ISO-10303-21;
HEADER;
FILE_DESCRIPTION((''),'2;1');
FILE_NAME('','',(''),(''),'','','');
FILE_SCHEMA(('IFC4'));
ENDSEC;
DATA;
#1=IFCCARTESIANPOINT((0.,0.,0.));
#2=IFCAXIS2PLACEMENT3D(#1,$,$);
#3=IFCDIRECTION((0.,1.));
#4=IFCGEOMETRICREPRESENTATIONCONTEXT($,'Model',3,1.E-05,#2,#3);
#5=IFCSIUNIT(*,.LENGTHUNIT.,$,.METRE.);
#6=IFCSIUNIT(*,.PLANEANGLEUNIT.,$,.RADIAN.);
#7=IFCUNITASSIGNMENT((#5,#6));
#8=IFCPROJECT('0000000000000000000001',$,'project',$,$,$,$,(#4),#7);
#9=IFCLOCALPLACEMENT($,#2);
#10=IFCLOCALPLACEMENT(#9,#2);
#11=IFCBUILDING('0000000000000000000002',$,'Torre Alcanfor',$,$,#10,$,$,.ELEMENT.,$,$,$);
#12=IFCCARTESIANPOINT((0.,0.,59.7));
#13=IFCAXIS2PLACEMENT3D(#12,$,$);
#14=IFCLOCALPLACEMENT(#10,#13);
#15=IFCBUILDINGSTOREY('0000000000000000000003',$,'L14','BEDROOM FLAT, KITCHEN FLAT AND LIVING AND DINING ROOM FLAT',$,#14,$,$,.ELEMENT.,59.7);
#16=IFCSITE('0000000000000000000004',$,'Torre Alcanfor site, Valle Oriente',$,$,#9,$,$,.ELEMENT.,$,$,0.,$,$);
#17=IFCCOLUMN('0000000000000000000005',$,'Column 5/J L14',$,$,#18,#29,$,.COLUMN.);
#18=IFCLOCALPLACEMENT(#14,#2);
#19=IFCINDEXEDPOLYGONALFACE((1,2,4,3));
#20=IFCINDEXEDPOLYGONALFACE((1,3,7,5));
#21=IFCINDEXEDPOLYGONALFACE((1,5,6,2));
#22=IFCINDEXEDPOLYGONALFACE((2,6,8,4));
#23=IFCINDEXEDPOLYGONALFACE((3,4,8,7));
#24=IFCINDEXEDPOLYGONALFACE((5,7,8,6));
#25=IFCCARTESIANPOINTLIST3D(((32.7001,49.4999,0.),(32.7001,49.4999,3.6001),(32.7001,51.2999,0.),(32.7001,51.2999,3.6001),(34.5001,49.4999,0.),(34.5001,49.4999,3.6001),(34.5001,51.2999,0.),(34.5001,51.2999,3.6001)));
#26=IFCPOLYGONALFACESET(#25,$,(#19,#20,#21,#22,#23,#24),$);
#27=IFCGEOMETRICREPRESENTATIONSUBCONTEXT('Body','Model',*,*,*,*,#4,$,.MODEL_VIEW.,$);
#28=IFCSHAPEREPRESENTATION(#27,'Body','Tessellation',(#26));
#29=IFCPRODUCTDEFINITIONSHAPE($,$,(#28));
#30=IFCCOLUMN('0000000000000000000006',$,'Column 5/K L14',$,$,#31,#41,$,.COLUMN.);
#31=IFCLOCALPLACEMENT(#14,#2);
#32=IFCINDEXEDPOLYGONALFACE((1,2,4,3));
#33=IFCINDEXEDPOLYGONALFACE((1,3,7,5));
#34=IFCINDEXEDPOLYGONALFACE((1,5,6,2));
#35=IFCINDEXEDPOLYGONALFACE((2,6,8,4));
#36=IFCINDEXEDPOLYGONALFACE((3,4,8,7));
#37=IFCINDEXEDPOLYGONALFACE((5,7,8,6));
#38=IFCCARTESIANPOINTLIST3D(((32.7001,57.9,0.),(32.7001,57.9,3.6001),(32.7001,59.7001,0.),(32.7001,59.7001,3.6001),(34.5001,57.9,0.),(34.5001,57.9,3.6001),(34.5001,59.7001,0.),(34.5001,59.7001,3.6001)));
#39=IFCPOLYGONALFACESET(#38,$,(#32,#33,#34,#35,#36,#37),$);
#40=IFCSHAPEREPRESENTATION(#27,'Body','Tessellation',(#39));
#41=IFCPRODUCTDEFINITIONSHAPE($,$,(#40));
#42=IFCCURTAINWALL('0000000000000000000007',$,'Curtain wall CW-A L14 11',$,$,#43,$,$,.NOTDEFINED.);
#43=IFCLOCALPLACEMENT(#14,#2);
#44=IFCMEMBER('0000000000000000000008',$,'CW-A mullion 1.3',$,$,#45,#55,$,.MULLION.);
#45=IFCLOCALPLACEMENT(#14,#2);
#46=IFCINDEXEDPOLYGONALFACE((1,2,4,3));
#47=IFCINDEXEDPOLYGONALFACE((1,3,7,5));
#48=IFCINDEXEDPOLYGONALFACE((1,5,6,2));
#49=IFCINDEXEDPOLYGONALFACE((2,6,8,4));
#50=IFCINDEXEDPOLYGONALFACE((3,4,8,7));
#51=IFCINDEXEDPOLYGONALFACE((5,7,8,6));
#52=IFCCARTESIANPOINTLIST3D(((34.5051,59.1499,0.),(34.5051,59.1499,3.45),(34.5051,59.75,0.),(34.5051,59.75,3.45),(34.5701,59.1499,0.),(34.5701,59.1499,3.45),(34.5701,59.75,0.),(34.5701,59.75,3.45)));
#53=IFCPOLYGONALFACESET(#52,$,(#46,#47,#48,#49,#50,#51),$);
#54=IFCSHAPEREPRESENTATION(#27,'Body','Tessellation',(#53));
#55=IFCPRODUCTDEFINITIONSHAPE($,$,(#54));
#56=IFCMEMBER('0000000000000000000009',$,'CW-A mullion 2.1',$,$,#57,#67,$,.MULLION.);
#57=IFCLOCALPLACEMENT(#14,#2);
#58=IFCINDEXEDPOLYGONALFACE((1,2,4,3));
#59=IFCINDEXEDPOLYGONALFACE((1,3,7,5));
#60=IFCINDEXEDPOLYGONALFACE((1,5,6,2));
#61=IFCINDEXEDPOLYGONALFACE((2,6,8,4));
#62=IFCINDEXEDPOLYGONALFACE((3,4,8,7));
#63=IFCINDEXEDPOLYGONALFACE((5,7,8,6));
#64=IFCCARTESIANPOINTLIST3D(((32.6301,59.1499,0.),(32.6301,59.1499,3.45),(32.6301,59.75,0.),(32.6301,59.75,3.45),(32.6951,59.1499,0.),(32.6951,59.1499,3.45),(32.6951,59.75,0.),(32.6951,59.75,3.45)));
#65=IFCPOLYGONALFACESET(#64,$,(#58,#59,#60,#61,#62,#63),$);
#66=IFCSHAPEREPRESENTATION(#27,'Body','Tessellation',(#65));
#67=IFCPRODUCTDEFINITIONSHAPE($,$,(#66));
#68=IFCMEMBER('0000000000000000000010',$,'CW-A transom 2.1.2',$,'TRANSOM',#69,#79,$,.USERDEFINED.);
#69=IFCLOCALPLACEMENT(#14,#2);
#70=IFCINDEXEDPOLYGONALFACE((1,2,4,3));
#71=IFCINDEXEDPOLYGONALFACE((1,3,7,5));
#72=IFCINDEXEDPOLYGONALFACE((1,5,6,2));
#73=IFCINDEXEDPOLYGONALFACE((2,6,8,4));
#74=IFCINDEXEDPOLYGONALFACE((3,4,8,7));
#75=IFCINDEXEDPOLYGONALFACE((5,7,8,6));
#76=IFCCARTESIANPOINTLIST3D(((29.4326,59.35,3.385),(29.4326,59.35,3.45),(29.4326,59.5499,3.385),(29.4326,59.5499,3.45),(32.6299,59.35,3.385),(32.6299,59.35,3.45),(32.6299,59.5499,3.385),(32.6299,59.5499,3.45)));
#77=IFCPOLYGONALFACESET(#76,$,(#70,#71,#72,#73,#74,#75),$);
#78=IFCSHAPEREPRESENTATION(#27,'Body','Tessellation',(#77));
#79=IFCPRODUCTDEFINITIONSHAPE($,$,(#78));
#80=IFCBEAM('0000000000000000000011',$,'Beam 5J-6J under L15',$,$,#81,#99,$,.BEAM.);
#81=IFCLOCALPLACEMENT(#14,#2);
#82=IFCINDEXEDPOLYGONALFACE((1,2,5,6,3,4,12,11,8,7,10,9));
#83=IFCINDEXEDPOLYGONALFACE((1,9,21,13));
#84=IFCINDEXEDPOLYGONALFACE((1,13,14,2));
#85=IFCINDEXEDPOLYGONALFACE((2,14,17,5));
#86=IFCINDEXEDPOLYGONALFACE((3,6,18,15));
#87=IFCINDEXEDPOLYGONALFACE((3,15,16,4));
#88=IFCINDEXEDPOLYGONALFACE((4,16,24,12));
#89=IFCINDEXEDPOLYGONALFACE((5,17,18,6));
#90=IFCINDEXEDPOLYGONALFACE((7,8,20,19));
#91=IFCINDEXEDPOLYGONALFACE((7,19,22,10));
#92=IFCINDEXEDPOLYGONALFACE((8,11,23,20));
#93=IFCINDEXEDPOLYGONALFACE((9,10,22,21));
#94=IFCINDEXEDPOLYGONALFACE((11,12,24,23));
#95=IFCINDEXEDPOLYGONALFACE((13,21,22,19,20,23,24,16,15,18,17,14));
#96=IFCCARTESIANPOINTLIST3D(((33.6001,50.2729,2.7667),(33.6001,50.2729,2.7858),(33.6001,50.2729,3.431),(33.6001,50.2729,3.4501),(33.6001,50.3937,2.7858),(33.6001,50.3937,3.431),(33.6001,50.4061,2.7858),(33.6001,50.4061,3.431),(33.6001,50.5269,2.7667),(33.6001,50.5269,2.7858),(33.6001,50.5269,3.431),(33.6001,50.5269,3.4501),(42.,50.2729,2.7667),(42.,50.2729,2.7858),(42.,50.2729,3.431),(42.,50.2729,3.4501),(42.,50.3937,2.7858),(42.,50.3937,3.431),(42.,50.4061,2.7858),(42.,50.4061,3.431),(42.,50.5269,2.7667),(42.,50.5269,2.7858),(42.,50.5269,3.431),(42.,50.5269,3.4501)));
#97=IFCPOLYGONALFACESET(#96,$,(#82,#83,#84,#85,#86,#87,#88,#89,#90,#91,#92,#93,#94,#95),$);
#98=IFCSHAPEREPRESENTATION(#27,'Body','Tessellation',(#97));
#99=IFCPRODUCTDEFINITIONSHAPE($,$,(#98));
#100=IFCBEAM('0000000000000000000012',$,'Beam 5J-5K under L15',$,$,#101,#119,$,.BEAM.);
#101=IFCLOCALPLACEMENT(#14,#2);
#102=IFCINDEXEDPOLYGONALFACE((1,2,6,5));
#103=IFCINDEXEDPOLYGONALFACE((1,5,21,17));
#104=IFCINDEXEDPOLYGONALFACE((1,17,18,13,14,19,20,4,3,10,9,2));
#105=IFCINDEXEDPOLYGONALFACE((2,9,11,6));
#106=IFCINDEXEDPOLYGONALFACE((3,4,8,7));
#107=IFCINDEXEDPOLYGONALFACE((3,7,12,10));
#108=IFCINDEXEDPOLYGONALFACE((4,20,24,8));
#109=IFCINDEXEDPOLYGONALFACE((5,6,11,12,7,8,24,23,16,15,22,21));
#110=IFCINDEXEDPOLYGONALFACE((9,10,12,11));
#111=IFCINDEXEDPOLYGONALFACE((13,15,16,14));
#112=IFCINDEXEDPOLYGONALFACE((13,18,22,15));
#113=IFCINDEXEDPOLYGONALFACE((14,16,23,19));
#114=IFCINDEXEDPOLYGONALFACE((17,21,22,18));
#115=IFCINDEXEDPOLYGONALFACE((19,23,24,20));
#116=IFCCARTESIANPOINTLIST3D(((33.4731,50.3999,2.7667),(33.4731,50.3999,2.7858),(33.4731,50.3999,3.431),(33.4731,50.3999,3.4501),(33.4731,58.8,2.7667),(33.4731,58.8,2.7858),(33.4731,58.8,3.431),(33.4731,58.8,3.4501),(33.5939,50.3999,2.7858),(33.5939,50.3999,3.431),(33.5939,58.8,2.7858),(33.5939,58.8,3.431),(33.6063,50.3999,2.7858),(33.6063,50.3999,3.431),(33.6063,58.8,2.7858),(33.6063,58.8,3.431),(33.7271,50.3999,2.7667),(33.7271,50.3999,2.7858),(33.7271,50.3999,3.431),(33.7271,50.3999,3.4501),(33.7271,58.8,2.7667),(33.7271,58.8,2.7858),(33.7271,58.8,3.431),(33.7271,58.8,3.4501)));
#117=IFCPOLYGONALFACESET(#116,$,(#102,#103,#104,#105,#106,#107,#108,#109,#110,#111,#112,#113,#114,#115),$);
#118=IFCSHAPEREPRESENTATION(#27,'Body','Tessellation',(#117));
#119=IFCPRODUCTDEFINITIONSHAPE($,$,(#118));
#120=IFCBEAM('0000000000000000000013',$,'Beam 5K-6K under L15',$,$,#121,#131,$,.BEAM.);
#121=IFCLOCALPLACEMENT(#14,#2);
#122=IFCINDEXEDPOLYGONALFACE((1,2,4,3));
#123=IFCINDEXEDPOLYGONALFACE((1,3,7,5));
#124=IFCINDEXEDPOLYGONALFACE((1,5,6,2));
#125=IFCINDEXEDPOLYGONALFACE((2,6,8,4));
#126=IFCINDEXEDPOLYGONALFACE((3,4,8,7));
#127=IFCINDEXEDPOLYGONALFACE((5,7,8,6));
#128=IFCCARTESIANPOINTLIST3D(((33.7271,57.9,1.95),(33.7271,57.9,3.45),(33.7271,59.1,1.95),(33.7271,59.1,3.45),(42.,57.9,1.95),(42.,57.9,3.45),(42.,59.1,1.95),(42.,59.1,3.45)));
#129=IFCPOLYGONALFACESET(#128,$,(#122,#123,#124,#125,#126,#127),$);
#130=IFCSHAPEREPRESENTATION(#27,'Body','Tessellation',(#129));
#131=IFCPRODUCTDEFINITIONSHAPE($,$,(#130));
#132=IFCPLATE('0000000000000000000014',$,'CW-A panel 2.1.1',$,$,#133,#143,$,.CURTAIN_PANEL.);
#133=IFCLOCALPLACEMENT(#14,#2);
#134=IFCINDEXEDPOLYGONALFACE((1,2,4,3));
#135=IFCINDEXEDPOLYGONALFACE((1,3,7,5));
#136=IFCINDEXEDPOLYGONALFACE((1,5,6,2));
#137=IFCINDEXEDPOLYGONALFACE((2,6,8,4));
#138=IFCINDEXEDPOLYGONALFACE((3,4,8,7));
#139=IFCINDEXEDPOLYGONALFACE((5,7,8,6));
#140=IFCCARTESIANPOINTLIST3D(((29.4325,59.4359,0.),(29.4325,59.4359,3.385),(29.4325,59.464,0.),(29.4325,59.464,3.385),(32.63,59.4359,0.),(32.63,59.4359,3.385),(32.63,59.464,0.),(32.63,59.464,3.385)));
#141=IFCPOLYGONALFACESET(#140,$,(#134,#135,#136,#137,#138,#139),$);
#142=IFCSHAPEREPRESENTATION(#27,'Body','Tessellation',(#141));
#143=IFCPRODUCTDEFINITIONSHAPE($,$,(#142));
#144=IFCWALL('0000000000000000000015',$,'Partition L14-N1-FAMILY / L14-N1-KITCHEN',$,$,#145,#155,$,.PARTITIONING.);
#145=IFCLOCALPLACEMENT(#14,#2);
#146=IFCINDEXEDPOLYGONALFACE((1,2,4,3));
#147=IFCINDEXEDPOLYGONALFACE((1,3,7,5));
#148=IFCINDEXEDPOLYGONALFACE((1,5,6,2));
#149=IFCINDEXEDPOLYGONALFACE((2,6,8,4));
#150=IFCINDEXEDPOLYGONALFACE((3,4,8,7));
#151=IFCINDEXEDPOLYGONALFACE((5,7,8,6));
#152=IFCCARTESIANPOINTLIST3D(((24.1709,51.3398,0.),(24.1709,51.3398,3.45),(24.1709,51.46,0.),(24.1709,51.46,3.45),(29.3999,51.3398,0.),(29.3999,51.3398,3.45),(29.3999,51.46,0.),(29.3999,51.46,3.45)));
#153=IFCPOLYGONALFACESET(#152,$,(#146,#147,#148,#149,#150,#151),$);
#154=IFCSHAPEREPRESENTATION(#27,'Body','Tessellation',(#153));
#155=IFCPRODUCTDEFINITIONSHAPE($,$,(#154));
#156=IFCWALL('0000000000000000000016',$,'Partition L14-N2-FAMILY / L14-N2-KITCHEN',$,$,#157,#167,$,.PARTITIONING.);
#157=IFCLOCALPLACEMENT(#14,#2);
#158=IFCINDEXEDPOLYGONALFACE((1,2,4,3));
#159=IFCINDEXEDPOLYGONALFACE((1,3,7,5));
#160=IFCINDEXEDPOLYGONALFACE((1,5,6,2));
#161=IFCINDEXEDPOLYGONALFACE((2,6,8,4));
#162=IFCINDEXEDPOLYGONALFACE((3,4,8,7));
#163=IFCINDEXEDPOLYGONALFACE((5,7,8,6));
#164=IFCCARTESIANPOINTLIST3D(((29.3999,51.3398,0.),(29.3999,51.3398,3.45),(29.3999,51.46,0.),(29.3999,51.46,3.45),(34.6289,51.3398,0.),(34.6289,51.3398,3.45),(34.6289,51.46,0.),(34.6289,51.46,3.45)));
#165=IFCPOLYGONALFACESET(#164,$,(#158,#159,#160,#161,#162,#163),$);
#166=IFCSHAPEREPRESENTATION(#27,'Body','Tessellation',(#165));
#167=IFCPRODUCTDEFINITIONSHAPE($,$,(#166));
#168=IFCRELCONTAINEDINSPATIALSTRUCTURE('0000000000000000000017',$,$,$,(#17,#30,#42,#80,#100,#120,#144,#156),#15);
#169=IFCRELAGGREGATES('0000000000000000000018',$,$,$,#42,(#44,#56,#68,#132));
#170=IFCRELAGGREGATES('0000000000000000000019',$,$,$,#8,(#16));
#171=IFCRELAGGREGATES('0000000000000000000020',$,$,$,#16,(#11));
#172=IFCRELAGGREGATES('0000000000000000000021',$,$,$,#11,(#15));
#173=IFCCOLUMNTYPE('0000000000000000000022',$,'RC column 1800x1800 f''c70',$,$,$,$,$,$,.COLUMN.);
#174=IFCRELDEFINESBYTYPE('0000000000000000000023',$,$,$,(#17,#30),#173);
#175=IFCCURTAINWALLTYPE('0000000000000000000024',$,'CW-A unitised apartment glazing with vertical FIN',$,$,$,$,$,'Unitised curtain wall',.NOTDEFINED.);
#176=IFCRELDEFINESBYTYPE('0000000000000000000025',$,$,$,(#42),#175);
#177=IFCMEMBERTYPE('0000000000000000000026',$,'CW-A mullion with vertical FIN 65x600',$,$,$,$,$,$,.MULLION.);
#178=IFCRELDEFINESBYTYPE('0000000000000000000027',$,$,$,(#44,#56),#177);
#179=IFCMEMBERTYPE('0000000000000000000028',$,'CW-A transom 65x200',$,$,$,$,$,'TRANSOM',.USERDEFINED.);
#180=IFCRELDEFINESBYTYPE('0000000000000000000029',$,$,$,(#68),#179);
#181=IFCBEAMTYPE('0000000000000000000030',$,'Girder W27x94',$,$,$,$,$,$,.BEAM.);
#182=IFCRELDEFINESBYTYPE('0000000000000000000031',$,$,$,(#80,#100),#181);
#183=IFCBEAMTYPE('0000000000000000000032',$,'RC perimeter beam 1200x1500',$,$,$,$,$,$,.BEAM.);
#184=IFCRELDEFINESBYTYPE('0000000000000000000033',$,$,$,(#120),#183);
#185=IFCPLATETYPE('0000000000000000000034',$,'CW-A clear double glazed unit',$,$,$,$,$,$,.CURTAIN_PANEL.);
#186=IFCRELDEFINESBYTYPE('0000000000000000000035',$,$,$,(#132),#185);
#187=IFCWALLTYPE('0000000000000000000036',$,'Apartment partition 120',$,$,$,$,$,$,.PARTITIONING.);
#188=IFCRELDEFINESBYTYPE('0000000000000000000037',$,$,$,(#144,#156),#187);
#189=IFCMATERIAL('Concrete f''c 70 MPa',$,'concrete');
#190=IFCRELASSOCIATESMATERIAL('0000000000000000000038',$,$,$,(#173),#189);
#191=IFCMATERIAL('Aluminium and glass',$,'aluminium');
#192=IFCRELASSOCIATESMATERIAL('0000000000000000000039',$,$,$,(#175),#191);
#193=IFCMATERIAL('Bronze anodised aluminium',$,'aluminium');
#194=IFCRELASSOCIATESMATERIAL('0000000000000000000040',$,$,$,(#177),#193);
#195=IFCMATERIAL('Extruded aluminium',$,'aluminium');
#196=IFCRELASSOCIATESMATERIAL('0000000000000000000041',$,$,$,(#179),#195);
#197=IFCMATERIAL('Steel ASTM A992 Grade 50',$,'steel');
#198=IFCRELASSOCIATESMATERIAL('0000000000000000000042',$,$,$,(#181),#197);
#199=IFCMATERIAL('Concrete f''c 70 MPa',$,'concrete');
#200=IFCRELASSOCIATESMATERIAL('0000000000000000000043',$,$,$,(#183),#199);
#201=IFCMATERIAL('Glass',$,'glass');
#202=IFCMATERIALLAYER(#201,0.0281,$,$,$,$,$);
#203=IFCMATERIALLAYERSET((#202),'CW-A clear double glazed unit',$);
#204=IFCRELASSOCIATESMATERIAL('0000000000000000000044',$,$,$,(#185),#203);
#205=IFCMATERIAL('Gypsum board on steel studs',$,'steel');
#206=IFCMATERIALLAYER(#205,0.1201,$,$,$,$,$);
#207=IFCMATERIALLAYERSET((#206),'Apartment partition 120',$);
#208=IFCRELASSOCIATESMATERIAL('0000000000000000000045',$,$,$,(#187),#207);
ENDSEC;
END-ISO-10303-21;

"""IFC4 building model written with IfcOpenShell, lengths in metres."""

from ifc_helpers import new_model, si_unit, direction, frame, frame_2d, origin, origin_2d, place, context, subcontext, project, spatial, rectangle, i_section, extrude, material, layer, layer_set, material_profile, profile_set, type_object, element, aggregate, save


model = new_model("IFC4")

# Units and contexts
model_context = context("Model", 3, precision=1e-05, world=origin(), true_north=direction((0.0, 1.0)))
body_context = subcontext(model_context, "Body", "Model", "MODEL_VIEW")
ifc_project = project(units=[si_unit("LENGTHUNIT", "METRE"), si_unit("PLANEANGLEUNIT", "RADIAN")], contexts=[model_context])

# Site, building, storey
site_placement = place(None, origin())
site = spatial("IfcSite", under=ifc_project, at=site_placement, Name="Torre Alcanfor site, Valle Oriente", CompositionType="ELEMENT", RefElevation=0.0)
building_placement = place(site_placement, origin())
building = spatial("IfcBuilding", under=site, at=building_placement, Name="Torre Alcanfor", CompositionType="ELEMENT")
storey_placement = place(building_placement, frame((0.0, 0.0, 59.7)))
storey = spatial("IfcBuildingStorey", under=building, at=storey_placement, Name="L14", Description="BEDROOM FLAT, KITCHEN FLAT AND LIVING AND DINING ROOM FLAT", CompositionType="ELEMENT", Elevation=59.7)

# Columns
ifc_material_1 = material(Name="Concrete f'c 70 MPa", Category="concrete")
ifc_material_profile_1 = material_profile(ifc_material_1, rectangle(XDim=1.8, YDim=1.8, at=origin_2d()), Name="1800x1800")
ifc_profile_set_1 = profile_set([ifc_material_profile_1], Name="Concrete f'c 70 MPa")
column_type = type_object("IfcColumnType", Name="RC column 1800x1800 f'c70", PredefinedType="COLUMN", material=ifc_profile_set_1)
for number, where, z_axis, x_axis, name in (
    (1, (33.6001, 50.3999, 0.0), (0.0, 0.0, 1.0), (1.0, 0.0, 0.0), "Column 5/J L14"),
    (2, (33.6001, 58.8, 0.0), (0.0, 0.0, 1.0), (1.0, 0.0, 0.0), "Column 5/K L14"),
):
    element("IfcColumn", number, at=place(storey_placement, frame(where, z_axis=z_axis, x_axis=x_axis)), inside=storey, type_object=column_type, Name=name, PredefinedType="COLUMN", context=body_context, shape_type="SweptSolid", body=[
        extrude(rectangle(XDim=1.8, YDim=1.8, at=origin_2d()), origin(), (0.0, 0.0, 1.0), 3.6001),
    ])

# Curtain wall, members
ifc_material_2 = material(Name="Aluminium and glass", Category="aluminium")
curtain_wall_type = type_object("IfcCurtainWallType", Name="CW-A unitised apartment glazing with vertical FIN", ElementType="Unitised curtain wall", PredefinedType="NOTDEFINED", material=ifc_material_2)
curtain_wall_placement = place(storey_placement, origin())
curtain_wall = element("IfcCurtainWall", 3, at=curtain_wall_placement, inside=storey, type_object=curtain_wall_type, Name="Curtain wall CW-A L14 11", PredefinedType="NOTDEFINED")
ifc_material_3 = material(Name="Bronze anodised aluminium", Category="aluminium")
ifc_material_profile_2 = material_profile(ifc_material_3, rectangle(XDim=0.6001, YDim=0.0649, at=origin_2d()), Name="CW-A mullion 65x600")
ifc_profile_set_2 = profile_set([ifc_material_profile_2], Name="Bronze anodised aluminium")
member_type_1 = type_object("IfcMemberType", Name="CW-A mullion with vertical FIN 65x600", PredefinedType="MULLION", material=ifc_profile_set_2)
member_1_placement = place(storey_placement, frame((34.5376, 59.45, 0.0), z_axis=(0.0, 0.0, 1.0), x_axis=(0.0, -1.0, 0.0)))
member_1 = element("IfcMember", 4, at=member_1_placement, type_object=member_type_1, Name="CW-A mullion 1.3", PredefinedType="MULLION", context=body_context, shape_type="SweptSolid", body=[
    extrude(rectangle(XDim=0.6001, YDim=0.0649, at=origin_2d()), origin(), (0.0, 0.0, 1.0), 3.45),
])
member_2_placement = place(storey_placement, frame((32.6626, 59.45, 0.0), z_axis=(0.0, 0.0, 1.0), x_axis=(0.0, -1.0, 0.0)))
member_2 = element("IfcMember", 5, at=member_2_placement, type_object=member_type_1, Name="CW-A mullion 2.1", PredefinedType="MULLION", context=body_context, shape_type="SweptSolid", body=[
    extrude(rectangle(XDim=0.6001, YDim=0.0649, at=origin_2d()), origin(), (0.0, 0.0, 1.0), 3.45),
])
ifc_material_4 = material(Name="Extruded aluminium", Category="aluminium")
ifc_material_profile_3 = material_profile(ifc_material_4, rectangle(XDim=0.2, YDim=0.0649, at=origin_2d()), Name="CW-A transom 200x65")
ifc_profile_set_3 = profile_set([ifc_material_profile_3], Name="Extruded aluminium")
member_type_2 = type_object("IfcMemberType", Name="CW-A transom 65x200", ElementType="TRANSOM", PredefinedType="USERDEFINED", material=ifc_profile_set_3)
member_3_placement = place(storey_placement, frame((32.6299, 59.45, 3.4175), z_axis=(-1.0, 0.0, 0.0), x_axis=(0.0, -1.0, 0.0)))
member_3 = element("IfcMember", 6, at=member_3_placement, type_object=member_type_2, Name="CW-A transom 2.1.2", ObjectType="TRANSOM", PredefinedType="USERDEFINED", context=body_context, shape_type="SweptSolid", body=[
    extrude(rectangle(XDim=0.2, YDim=0.0649, at=origin_2d()), origin(), (0.0, 0.0, 1.0), 3.1973),
])

# Beams
ifc_material_5 = material(Name="Steel ASTM A992 Grade 50", Category="steel")
ifc_material_profile_4 = material_profile(ifc_material_5, i_section(OverallWidth=0.2539, OverallDepth=0.6833, WebThickness=0.0125, FlangeThickness=0.019, at=origin_2d()), Name="W27x94")
ifc_profile_set_4 = profile_set([ifc_material_profile_4], Name="Steel ASTM A992 Grade 50")
beam_type_1 = type_object("IfcBeamType", Name="Girder W27x94", PredefinedType="BEAM", material=ifc_profile_set_4)
beam_1_placement = place(storey_placement, frame((33.6001, 50.3999, 3.1084), z_axis=(1.0, 0.0, 0.0), x_axis=(0.0, 1.0, 0.0)))
element("IfcBeam", 7, at=beam_1_placement, inside=storey, type_object=beam_type_1, Name="Beam 5J-6J under L15", PredefinedType="BEAM", context=body_context, shape_type="SweptSolid", body=[
    extrude(i_section(OverallWidth=0.2539, OverallDepth=0.6833, WebThickness=0.0125, FlangeThickness=0.019, at=origin_2d()), origin(), (0.0, 0.0, 1.0), 8.3999),
])
beam_2_placement = place(storey_placement, frame((33.6001, 50.3999, 3.1084), z_axis=(0.0, 1.0, 0.0), x_axis=(-1.0, 0.0, 0.0)))
element("IfcBeam", 8, at=beam_2_placement, inside=storey, type_object=beam_type_1, Name="Beam 5J-5K under L15", PredefinedType="BEAM", context=body_context, shape_type="SweptSolid", body=[
    extrude(i_section(OverallWidth=0.2539, OverallDepth=0.6833, WebThickness=0.0125, FlangeThickness=0.019, at=origin_2d()), origin(), (0.0, 0.0, 1.0), 8.4001),
])
ifc_material_6 = material(Name="Concrete f'c 70 MPa", Category="concrete")
ifc_material_profile_5 = material_profile(ifc_material_6, rectangle(XDim=1.2, YDim=1.5, at=origin_2d()), Name="1200x1500")
ifc_profile_set_5 = profile_set([ifc_material_profile_5], Name="Concrete f'c 70 MPa")
beam_type_2 = type_object("IfcBeamType", Name="RC perimeter beam 1200x1500", PredefinedType="BEAM", material=ifc_profile_set_5)
beam_3_placement = place(storey_placement, frame((33.7271, 58.5, 2.7), z_axis=(1.0, 0.0, 0.0), x_axis=(0.0, 1.0, 0.0)))
element("IfcBeam", 9, at=beam_3_placement, inside=storey, type_object=beam_type_2, Name="Beam 5K-6K under L15", PredefinedType="BEAM", context=body_context, shape_type="SweptSolid", body=[
    extrude(rectangle(XDim=1.2, YDim=1.5, at=origin_2d()), origin(), (0.0, 0.0, 1.0), 8.2729),
])

# Plate
ifc_material_7 = material(Name="Glass", Category="glass")
ifc_layer_1 = layer(ifc_material_7, 0.0281)
ifc_layer_set_1 = layer_set([ifc_layer_1], Name="CW-A clear double glazed unit")
plate_type = type_object("IfcPlateType", Name="CW-A clear double glazed unit", PredefinedType="CURTAIN_PANEL", material=ifc_layer_set_1)
plate_placement = place(storey_placement, frame((31.0312, 59.45, 0.0), z_axis=(0.0, 0.0, 1.0), x_axis=(-1.0, 0.0, 0.0)))
plate = element("IfcPlate", 10, at=plate_placement, type_object=plate_type, Name="CW-A panel 2.1.1", PredefinedType="CURTAIN_PANEL", context=body_context, shape_type="SweptSolid", body=[
    extrude(rectangle(XDim=3.1975, YDim=0.0281, at=origin_2d()), origin(), (0.0, 0.0, 1.0), 3.385),
])
aggregate(curtain_wall, [member_1, member_2, member_3, plate])

# Walls
ifc_material_8 = material(Name="Gypsum board on steel studs", Category="steel")
ifc_layer_2 = layer(ifc_material_8, 0.1201)
ifc_layer_set_2 = layer_set([ifc_layer_2], Name="Apartment partition 120")
wall_type_1 = type_object("IfcWallType", Name="Apartment partition 120", PredefinedType="PARTITIONING", material=ifc_layer_set_2)
for number, where, z_axis, x_axis, name in (
    (11, (29.3999, 51.3999, 0.0), (0.0, 0.0, 1.0), (-1.0, 0.0, 0.0), "Partition L14-N1-FAMILY / L14-N1-KITCHEN"),
    (12, (29.3999, 51.3999, 0.0), (0.0, 0.0, 1.0), (1.0, 0.0, 0.0), "Partition L14-N2-FAMILY / L14-N2-KITCHEN"),
):
    element("IfcWall", number, at=place(storey_placement, frame(where, z_axis=z_axis, x_axis=x_axis)), inside=storey, type_object=wall_type_1, Name=name, PredefinedType="PARTITIONING", context=body_context, shape_type="SweptSolid", body=[
        extrude(rectangle(XDim=5.229, YDim=0.1201, at=frame_2d((2.6145, 0.0))), origin(), (0.0, 0.0, 1.0), 3.45),
    ])

save(model, "model.ifc")
